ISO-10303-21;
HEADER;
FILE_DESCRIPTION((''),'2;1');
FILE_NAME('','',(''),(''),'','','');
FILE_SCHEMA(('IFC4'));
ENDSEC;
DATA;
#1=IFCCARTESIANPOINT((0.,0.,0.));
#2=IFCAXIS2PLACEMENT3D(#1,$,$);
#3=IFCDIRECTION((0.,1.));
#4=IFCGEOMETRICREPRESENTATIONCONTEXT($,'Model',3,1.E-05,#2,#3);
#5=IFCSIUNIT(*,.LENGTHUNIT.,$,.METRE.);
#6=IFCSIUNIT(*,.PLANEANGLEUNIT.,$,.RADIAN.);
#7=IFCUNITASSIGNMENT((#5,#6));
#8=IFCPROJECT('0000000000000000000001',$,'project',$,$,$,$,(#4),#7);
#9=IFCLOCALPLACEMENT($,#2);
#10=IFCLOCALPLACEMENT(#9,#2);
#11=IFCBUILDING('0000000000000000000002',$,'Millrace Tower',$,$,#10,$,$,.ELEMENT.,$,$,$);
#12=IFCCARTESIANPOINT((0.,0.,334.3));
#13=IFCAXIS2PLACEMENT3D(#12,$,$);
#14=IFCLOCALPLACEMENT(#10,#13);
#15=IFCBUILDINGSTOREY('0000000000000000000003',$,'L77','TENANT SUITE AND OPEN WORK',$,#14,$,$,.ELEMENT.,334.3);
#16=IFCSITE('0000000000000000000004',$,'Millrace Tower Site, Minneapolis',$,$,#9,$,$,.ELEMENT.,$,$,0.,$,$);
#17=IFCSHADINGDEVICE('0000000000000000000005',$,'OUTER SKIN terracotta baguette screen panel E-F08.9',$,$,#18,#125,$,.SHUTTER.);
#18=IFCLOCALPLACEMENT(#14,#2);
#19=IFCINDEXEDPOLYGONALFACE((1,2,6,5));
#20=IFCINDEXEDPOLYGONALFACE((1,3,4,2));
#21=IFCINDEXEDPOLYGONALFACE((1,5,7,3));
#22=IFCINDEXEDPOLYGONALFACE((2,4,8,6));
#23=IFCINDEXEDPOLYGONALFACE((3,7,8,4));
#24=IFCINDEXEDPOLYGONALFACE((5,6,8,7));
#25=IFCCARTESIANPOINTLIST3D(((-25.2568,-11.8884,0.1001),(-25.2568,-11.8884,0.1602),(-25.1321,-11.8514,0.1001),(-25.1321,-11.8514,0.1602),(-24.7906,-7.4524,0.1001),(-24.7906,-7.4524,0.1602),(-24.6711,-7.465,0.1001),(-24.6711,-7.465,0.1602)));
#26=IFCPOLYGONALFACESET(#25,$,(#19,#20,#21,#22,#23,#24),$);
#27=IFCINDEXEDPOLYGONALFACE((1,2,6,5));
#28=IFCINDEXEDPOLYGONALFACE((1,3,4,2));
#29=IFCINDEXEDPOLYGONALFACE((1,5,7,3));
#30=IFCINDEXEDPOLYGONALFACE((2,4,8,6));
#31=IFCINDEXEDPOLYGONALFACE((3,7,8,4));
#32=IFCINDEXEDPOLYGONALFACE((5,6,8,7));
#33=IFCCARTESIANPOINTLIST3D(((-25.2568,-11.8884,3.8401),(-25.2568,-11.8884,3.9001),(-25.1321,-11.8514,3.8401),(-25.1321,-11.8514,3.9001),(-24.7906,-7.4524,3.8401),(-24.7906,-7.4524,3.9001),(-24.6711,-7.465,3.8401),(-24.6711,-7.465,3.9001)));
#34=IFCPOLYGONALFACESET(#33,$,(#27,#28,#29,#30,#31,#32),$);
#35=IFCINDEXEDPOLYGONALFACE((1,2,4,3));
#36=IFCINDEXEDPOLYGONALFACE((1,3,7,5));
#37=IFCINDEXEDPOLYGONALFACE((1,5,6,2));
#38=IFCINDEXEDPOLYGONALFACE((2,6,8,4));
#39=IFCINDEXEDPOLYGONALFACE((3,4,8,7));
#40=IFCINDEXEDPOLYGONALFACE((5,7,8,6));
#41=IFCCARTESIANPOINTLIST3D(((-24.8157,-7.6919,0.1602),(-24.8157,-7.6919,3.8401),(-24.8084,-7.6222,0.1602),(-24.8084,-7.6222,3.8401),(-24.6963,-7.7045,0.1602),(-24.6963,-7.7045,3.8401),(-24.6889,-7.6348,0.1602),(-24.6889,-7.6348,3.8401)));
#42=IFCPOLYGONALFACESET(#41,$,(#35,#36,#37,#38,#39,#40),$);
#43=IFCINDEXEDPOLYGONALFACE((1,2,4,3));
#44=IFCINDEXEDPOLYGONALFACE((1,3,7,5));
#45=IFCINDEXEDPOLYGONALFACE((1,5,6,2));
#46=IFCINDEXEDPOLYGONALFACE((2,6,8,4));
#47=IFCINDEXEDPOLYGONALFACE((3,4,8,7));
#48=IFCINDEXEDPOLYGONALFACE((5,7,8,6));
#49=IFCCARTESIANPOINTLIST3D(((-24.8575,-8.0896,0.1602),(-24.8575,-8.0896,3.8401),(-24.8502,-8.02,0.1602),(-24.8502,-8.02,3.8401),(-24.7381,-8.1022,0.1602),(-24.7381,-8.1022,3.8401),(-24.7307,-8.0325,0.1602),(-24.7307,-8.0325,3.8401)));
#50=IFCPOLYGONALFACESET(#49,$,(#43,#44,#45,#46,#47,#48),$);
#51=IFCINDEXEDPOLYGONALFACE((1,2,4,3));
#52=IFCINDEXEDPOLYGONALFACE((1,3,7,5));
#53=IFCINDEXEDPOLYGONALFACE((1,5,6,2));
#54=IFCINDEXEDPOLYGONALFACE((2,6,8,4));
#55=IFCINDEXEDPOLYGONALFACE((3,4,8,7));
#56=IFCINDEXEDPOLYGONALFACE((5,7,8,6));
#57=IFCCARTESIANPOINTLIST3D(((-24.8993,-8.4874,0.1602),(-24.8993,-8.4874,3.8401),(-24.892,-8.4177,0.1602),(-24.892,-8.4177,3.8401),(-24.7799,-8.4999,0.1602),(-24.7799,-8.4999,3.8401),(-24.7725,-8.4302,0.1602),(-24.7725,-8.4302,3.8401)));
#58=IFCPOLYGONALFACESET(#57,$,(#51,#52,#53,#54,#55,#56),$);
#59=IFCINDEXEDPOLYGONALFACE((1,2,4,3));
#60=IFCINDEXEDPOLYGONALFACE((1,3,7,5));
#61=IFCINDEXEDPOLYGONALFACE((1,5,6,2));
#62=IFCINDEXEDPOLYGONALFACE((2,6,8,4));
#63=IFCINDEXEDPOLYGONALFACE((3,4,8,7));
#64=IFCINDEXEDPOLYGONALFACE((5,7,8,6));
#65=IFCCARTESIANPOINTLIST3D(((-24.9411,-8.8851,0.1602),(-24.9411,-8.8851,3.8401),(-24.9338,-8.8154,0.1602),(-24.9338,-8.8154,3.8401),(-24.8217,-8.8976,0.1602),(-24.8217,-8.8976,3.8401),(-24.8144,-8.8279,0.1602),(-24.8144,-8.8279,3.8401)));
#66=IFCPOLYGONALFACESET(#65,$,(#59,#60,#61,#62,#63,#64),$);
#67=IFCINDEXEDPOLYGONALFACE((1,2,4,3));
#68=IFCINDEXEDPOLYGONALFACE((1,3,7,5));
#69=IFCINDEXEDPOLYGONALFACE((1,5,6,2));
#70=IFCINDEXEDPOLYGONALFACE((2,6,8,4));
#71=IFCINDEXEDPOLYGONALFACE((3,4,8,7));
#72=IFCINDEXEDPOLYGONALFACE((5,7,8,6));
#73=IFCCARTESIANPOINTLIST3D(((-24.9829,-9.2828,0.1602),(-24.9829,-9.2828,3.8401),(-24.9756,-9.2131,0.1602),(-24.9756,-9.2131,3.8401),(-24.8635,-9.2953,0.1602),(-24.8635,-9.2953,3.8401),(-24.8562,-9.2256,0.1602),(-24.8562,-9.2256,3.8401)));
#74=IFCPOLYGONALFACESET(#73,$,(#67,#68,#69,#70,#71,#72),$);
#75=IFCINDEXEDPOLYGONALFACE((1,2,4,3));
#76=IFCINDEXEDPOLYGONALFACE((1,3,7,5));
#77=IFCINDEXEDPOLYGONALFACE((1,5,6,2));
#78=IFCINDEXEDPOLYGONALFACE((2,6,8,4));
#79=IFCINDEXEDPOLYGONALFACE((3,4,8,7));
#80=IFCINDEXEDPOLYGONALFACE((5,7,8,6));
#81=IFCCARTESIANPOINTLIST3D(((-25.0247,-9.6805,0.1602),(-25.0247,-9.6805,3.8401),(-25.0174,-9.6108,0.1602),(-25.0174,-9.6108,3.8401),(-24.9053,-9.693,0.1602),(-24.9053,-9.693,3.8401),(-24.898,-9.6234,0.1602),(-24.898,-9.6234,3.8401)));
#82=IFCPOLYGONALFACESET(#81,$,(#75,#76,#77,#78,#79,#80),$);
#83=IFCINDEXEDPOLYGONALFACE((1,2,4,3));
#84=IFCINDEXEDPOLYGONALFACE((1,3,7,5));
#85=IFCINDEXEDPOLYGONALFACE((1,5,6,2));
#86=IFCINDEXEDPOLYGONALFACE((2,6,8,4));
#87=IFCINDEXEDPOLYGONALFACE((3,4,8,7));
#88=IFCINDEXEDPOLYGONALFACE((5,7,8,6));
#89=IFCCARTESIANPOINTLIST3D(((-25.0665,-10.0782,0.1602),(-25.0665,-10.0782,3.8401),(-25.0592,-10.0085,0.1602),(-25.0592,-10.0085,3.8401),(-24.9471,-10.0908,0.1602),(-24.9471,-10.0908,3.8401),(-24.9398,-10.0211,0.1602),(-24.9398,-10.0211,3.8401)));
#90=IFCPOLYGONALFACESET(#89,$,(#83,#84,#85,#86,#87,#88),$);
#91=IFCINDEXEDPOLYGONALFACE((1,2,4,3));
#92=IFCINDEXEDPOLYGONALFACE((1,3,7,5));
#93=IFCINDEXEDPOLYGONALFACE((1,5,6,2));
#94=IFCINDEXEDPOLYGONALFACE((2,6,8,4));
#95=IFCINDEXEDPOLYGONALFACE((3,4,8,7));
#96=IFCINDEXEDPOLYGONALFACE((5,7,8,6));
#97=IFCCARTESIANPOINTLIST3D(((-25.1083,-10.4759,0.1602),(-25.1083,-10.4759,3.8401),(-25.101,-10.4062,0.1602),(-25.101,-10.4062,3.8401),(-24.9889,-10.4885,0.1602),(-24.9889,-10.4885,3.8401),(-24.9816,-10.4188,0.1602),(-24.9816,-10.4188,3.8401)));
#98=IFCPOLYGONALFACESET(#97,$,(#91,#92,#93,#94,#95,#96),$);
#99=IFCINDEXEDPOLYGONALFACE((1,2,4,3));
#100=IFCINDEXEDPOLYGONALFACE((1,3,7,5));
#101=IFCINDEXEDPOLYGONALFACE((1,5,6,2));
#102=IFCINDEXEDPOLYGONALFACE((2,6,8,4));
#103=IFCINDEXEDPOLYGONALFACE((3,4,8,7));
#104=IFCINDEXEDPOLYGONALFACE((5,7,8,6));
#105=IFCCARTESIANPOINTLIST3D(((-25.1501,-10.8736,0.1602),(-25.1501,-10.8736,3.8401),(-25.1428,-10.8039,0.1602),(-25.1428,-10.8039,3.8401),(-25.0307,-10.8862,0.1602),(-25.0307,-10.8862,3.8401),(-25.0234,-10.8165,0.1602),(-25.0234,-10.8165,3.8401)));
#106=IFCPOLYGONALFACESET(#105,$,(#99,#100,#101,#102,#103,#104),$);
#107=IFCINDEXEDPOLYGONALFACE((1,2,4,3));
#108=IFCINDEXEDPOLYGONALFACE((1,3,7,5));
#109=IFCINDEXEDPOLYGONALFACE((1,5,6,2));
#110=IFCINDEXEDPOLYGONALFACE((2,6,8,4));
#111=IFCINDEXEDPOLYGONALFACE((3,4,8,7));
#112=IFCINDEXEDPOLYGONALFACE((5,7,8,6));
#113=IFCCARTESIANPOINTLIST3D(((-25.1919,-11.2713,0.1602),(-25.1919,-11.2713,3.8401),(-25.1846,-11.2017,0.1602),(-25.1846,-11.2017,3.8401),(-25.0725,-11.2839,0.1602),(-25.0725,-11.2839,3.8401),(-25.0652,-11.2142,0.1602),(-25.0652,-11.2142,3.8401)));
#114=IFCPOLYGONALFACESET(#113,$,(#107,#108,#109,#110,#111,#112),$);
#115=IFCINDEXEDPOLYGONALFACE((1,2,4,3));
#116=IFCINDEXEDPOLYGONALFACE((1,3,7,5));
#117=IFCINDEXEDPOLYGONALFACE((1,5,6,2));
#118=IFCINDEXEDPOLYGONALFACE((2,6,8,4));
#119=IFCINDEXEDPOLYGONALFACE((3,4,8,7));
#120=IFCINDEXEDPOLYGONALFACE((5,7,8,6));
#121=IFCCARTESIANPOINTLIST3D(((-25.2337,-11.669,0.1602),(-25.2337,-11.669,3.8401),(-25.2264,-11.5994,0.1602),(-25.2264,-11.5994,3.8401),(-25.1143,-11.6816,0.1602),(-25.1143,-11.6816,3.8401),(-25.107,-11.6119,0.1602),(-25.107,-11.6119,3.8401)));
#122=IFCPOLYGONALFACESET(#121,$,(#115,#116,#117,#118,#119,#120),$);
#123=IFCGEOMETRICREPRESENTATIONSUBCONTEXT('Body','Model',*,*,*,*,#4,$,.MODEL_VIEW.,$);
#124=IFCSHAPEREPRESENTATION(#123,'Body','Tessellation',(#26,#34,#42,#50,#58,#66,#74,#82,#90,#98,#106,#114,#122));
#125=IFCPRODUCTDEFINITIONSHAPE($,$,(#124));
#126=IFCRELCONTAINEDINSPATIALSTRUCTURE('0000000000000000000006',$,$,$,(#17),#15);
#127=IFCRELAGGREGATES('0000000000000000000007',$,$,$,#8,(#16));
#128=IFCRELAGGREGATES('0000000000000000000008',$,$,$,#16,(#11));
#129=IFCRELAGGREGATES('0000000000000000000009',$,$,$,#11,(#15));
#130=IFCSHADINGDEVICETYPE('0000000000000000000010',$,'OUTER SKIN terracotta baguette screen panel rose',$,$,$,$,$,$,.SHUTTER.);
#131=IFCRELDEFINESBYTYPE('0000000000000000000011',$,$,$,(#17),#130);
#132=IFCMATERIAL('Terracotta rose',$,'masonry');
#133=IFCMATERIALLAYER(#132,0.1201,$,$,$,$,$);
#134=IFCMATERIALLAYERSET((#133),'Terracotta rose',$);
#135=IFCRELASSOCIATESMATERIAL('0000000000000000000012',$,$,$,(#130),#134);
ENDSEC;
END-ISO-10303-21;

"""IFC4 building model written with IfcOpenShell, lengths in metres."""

from ifc_helpers import new_model, entity, si_unit, direction, frame, frame_2d, origin, place, context, subcontext, project, spatial, rectangle, extrude, source, transform, mapped, material, layer, layer_set, type_object, element, save


model = new_model("IFC4")

# Units and contexts
model_context = context("Model", 3, precision=1e-05, world=origin(), true_north=direction((0.0, 1.0)))
body_context = subcontext(model_context, "Body", "Model", "MODEL_VIEW")
ifc_project = project(units=[si_unit("LENGTHUNIT", "METRE"), si_unit("PLANEANGLEUNIT", "RADIAN")], contexts=[model_context])

# Site, building, storey
site_placement = place(None, origin())
site = spatial("IfcSite", under=ifc_project, at=site_placement, Name="Millrace Tower Site, Minneapolis", CompositionType="ELEMENT", RefElevation=0.0)
building_placement = place(site_placement, origin())
building = spatial("IfcBuilding", under=site, at=building_placement, Name="Millrace Tower", CompositionType="ELEMENT")
storey_placement = place(building_placement, frame((0.0, 0.0, 334.3)))
storey = spatial("IfcBuildingStorey", under=building, at=storey_placement, Name="L77", Description="TENANT SUITE AND OPEN WORK", CompositionType="ELEMENT", Elevation=334.3)

# Shading device
ifc_material_1 = material(Name="Terracotta rose", Category="masonry")
ifc_layer_1 = layer(ifc_material_1, 0.1201)
ifc_layer_set_1 = layer_set([ifc_layer_1], Name="Terracotta rose")
shading_device_type = type_object("IfcShadingDeviceType", Name="OUTER SKIN terracotta baguette screen panel rose", PredefinedType="SHUTTER", material=ifc_layer_set_1)
cartesian_point_1 = entity("IfcCartesianPoint", [-2.2178, 0.0601])
shared_polyline_1 = entity("IfcPolyline", [cartesian_point_1, entity("IfcCartesianPoint", [2.1929, 0.0601]), entity("IfcCartesianPoint", [2.2427, -0.0601]), entity("IfcCartesianPoint", [-2.2178, -0.0601]), cartesian_point_1])
shared_shape_1 = source(origin(), body_context, "Body", "SweptSolid", [
    entity("IfcExtrudedAreaSolid", entity("IfcArbitraryClosedProfileDef", "AREA", None, shared_polyline_1), entity("IfcAxis2Placement3D", entity("IfcCartesianPoint", [0.0, 0.0, 0.0])), entity("IfcDirection", [0.0, 0.0, 1.0]), 0.0601),
    entity("IfcExtrudedAreaSolid", entity("IfcArbitraryClosedProfileDef", "AREA", None, shared_polyline_1), entity("IfcAxis2Placement3D", entity("IfcCartesianPoint", [0.0, 0.0, 3.74])), entity("IfcDirection", [0.0, 0.0, 1.0]), 0.0601),
    extrude(rectangle(XDim=0.0701, YDim=0.1201, at=frame_2d((-2.012, 0.0))), frame((0.0, 0.0, 0.0601)), (0.0, 0.0, 1.0), 3.6799),
    extrude(rectangle(XDim=0.0701, YDim=0.1201, at=frame_2d((-1.6121, 0.0))), frame((0.0, 0.0, 0.0601)), (0.0, 0.0, 1.0), 3.6799),
    extrude(rectangle(XDim=0.0701, YDim=0.1201, at=frame_2d((-1.2122, 0.0))), frame((0.0, 0.0, 0.0601)), (0.0, 0.0, 1.0), 3.6799),
    extrude(rectangle(XDim=0.0701, YDim=0.1201, at=frame_2d((-0.8123, 0.0))), frame((0.0, 0.0, 0.0601)), (0.0, 0.0, 1.0), 3.6799),
    extrude(rectangle(XDim=0.0701, YDim=0.1201, at=frame_2d((-0.4124, 0.0))), frame((0.0, 0.0, 0.0601)), (0.0, 0.0, 1.0), 3.6799),
    extrude(rectangle(XDim=0.0701, YDim=0.1201, at=frame_2d((-0.0125, 0.0))), frame((0.0, 0.0, 0.0601)), (0.0, 0.0, 1.0), 3.6799),
    extrude(rectangle(XDim=0.0701, YDim=0.1201, at=frame_2d((0.3875, 0.0))), frame((0.0, 0.0, 0.0601)), (0.0, 0.0, 1.0), 3.6799),
    extrude(rectangle(XDim=0.0701, YDim=0.1201, at=frame_2d((0.7874, 0.0))), frame((0.0, 0.0, 0.0601)), (0.0, 0.0, 1.0), 3.6799),
    extrude(rectangle(XDim=0.0701, YDim=0.1201, at=frame_2d((1.1873, 0.0))), frame((0.0, 0.0, 0.0601)), (0.0, 0.0, 1.0), 3.6799),
    extrude(rectangle(XDim=0.0701, YDim=0.1201, at=frame_2d((1.5872, 0.0))), frame((0.0, 0.0, 0.0601)), (0.0, 0.0, 1.0), 3.6799),
    extrude(rectangle(XDim=0.0701, YDim=0.1201, at=frame_2d((1.9871, 0.0))), frame((0.0, 0.0, 0.0601)), (0.0, 0.0, 1.0), 3.6799),
])
shading_device_placement = place(storey_placement, frame((-24.9626, -9.6643, 0.1001), z_axis=(0.0, 0.0, 1.0), x_axis=(-0.104528, -0.994522, 0.0)))
element("IfcShadingDevice", 1, at=shading_device_placement, inside=storey, type_object=shading_device_type, Name="OUTER SKIN terracotta baguette screen panel E-F08.9", PredefinedType="SHUTTER", context=body_context, shape_type="MappedRepresentation", body=[
    mapped(shared_shape_1, transform((0.0, 0.0, 0.0), scale=1.0)),
])

save(model, "model.ifc")
